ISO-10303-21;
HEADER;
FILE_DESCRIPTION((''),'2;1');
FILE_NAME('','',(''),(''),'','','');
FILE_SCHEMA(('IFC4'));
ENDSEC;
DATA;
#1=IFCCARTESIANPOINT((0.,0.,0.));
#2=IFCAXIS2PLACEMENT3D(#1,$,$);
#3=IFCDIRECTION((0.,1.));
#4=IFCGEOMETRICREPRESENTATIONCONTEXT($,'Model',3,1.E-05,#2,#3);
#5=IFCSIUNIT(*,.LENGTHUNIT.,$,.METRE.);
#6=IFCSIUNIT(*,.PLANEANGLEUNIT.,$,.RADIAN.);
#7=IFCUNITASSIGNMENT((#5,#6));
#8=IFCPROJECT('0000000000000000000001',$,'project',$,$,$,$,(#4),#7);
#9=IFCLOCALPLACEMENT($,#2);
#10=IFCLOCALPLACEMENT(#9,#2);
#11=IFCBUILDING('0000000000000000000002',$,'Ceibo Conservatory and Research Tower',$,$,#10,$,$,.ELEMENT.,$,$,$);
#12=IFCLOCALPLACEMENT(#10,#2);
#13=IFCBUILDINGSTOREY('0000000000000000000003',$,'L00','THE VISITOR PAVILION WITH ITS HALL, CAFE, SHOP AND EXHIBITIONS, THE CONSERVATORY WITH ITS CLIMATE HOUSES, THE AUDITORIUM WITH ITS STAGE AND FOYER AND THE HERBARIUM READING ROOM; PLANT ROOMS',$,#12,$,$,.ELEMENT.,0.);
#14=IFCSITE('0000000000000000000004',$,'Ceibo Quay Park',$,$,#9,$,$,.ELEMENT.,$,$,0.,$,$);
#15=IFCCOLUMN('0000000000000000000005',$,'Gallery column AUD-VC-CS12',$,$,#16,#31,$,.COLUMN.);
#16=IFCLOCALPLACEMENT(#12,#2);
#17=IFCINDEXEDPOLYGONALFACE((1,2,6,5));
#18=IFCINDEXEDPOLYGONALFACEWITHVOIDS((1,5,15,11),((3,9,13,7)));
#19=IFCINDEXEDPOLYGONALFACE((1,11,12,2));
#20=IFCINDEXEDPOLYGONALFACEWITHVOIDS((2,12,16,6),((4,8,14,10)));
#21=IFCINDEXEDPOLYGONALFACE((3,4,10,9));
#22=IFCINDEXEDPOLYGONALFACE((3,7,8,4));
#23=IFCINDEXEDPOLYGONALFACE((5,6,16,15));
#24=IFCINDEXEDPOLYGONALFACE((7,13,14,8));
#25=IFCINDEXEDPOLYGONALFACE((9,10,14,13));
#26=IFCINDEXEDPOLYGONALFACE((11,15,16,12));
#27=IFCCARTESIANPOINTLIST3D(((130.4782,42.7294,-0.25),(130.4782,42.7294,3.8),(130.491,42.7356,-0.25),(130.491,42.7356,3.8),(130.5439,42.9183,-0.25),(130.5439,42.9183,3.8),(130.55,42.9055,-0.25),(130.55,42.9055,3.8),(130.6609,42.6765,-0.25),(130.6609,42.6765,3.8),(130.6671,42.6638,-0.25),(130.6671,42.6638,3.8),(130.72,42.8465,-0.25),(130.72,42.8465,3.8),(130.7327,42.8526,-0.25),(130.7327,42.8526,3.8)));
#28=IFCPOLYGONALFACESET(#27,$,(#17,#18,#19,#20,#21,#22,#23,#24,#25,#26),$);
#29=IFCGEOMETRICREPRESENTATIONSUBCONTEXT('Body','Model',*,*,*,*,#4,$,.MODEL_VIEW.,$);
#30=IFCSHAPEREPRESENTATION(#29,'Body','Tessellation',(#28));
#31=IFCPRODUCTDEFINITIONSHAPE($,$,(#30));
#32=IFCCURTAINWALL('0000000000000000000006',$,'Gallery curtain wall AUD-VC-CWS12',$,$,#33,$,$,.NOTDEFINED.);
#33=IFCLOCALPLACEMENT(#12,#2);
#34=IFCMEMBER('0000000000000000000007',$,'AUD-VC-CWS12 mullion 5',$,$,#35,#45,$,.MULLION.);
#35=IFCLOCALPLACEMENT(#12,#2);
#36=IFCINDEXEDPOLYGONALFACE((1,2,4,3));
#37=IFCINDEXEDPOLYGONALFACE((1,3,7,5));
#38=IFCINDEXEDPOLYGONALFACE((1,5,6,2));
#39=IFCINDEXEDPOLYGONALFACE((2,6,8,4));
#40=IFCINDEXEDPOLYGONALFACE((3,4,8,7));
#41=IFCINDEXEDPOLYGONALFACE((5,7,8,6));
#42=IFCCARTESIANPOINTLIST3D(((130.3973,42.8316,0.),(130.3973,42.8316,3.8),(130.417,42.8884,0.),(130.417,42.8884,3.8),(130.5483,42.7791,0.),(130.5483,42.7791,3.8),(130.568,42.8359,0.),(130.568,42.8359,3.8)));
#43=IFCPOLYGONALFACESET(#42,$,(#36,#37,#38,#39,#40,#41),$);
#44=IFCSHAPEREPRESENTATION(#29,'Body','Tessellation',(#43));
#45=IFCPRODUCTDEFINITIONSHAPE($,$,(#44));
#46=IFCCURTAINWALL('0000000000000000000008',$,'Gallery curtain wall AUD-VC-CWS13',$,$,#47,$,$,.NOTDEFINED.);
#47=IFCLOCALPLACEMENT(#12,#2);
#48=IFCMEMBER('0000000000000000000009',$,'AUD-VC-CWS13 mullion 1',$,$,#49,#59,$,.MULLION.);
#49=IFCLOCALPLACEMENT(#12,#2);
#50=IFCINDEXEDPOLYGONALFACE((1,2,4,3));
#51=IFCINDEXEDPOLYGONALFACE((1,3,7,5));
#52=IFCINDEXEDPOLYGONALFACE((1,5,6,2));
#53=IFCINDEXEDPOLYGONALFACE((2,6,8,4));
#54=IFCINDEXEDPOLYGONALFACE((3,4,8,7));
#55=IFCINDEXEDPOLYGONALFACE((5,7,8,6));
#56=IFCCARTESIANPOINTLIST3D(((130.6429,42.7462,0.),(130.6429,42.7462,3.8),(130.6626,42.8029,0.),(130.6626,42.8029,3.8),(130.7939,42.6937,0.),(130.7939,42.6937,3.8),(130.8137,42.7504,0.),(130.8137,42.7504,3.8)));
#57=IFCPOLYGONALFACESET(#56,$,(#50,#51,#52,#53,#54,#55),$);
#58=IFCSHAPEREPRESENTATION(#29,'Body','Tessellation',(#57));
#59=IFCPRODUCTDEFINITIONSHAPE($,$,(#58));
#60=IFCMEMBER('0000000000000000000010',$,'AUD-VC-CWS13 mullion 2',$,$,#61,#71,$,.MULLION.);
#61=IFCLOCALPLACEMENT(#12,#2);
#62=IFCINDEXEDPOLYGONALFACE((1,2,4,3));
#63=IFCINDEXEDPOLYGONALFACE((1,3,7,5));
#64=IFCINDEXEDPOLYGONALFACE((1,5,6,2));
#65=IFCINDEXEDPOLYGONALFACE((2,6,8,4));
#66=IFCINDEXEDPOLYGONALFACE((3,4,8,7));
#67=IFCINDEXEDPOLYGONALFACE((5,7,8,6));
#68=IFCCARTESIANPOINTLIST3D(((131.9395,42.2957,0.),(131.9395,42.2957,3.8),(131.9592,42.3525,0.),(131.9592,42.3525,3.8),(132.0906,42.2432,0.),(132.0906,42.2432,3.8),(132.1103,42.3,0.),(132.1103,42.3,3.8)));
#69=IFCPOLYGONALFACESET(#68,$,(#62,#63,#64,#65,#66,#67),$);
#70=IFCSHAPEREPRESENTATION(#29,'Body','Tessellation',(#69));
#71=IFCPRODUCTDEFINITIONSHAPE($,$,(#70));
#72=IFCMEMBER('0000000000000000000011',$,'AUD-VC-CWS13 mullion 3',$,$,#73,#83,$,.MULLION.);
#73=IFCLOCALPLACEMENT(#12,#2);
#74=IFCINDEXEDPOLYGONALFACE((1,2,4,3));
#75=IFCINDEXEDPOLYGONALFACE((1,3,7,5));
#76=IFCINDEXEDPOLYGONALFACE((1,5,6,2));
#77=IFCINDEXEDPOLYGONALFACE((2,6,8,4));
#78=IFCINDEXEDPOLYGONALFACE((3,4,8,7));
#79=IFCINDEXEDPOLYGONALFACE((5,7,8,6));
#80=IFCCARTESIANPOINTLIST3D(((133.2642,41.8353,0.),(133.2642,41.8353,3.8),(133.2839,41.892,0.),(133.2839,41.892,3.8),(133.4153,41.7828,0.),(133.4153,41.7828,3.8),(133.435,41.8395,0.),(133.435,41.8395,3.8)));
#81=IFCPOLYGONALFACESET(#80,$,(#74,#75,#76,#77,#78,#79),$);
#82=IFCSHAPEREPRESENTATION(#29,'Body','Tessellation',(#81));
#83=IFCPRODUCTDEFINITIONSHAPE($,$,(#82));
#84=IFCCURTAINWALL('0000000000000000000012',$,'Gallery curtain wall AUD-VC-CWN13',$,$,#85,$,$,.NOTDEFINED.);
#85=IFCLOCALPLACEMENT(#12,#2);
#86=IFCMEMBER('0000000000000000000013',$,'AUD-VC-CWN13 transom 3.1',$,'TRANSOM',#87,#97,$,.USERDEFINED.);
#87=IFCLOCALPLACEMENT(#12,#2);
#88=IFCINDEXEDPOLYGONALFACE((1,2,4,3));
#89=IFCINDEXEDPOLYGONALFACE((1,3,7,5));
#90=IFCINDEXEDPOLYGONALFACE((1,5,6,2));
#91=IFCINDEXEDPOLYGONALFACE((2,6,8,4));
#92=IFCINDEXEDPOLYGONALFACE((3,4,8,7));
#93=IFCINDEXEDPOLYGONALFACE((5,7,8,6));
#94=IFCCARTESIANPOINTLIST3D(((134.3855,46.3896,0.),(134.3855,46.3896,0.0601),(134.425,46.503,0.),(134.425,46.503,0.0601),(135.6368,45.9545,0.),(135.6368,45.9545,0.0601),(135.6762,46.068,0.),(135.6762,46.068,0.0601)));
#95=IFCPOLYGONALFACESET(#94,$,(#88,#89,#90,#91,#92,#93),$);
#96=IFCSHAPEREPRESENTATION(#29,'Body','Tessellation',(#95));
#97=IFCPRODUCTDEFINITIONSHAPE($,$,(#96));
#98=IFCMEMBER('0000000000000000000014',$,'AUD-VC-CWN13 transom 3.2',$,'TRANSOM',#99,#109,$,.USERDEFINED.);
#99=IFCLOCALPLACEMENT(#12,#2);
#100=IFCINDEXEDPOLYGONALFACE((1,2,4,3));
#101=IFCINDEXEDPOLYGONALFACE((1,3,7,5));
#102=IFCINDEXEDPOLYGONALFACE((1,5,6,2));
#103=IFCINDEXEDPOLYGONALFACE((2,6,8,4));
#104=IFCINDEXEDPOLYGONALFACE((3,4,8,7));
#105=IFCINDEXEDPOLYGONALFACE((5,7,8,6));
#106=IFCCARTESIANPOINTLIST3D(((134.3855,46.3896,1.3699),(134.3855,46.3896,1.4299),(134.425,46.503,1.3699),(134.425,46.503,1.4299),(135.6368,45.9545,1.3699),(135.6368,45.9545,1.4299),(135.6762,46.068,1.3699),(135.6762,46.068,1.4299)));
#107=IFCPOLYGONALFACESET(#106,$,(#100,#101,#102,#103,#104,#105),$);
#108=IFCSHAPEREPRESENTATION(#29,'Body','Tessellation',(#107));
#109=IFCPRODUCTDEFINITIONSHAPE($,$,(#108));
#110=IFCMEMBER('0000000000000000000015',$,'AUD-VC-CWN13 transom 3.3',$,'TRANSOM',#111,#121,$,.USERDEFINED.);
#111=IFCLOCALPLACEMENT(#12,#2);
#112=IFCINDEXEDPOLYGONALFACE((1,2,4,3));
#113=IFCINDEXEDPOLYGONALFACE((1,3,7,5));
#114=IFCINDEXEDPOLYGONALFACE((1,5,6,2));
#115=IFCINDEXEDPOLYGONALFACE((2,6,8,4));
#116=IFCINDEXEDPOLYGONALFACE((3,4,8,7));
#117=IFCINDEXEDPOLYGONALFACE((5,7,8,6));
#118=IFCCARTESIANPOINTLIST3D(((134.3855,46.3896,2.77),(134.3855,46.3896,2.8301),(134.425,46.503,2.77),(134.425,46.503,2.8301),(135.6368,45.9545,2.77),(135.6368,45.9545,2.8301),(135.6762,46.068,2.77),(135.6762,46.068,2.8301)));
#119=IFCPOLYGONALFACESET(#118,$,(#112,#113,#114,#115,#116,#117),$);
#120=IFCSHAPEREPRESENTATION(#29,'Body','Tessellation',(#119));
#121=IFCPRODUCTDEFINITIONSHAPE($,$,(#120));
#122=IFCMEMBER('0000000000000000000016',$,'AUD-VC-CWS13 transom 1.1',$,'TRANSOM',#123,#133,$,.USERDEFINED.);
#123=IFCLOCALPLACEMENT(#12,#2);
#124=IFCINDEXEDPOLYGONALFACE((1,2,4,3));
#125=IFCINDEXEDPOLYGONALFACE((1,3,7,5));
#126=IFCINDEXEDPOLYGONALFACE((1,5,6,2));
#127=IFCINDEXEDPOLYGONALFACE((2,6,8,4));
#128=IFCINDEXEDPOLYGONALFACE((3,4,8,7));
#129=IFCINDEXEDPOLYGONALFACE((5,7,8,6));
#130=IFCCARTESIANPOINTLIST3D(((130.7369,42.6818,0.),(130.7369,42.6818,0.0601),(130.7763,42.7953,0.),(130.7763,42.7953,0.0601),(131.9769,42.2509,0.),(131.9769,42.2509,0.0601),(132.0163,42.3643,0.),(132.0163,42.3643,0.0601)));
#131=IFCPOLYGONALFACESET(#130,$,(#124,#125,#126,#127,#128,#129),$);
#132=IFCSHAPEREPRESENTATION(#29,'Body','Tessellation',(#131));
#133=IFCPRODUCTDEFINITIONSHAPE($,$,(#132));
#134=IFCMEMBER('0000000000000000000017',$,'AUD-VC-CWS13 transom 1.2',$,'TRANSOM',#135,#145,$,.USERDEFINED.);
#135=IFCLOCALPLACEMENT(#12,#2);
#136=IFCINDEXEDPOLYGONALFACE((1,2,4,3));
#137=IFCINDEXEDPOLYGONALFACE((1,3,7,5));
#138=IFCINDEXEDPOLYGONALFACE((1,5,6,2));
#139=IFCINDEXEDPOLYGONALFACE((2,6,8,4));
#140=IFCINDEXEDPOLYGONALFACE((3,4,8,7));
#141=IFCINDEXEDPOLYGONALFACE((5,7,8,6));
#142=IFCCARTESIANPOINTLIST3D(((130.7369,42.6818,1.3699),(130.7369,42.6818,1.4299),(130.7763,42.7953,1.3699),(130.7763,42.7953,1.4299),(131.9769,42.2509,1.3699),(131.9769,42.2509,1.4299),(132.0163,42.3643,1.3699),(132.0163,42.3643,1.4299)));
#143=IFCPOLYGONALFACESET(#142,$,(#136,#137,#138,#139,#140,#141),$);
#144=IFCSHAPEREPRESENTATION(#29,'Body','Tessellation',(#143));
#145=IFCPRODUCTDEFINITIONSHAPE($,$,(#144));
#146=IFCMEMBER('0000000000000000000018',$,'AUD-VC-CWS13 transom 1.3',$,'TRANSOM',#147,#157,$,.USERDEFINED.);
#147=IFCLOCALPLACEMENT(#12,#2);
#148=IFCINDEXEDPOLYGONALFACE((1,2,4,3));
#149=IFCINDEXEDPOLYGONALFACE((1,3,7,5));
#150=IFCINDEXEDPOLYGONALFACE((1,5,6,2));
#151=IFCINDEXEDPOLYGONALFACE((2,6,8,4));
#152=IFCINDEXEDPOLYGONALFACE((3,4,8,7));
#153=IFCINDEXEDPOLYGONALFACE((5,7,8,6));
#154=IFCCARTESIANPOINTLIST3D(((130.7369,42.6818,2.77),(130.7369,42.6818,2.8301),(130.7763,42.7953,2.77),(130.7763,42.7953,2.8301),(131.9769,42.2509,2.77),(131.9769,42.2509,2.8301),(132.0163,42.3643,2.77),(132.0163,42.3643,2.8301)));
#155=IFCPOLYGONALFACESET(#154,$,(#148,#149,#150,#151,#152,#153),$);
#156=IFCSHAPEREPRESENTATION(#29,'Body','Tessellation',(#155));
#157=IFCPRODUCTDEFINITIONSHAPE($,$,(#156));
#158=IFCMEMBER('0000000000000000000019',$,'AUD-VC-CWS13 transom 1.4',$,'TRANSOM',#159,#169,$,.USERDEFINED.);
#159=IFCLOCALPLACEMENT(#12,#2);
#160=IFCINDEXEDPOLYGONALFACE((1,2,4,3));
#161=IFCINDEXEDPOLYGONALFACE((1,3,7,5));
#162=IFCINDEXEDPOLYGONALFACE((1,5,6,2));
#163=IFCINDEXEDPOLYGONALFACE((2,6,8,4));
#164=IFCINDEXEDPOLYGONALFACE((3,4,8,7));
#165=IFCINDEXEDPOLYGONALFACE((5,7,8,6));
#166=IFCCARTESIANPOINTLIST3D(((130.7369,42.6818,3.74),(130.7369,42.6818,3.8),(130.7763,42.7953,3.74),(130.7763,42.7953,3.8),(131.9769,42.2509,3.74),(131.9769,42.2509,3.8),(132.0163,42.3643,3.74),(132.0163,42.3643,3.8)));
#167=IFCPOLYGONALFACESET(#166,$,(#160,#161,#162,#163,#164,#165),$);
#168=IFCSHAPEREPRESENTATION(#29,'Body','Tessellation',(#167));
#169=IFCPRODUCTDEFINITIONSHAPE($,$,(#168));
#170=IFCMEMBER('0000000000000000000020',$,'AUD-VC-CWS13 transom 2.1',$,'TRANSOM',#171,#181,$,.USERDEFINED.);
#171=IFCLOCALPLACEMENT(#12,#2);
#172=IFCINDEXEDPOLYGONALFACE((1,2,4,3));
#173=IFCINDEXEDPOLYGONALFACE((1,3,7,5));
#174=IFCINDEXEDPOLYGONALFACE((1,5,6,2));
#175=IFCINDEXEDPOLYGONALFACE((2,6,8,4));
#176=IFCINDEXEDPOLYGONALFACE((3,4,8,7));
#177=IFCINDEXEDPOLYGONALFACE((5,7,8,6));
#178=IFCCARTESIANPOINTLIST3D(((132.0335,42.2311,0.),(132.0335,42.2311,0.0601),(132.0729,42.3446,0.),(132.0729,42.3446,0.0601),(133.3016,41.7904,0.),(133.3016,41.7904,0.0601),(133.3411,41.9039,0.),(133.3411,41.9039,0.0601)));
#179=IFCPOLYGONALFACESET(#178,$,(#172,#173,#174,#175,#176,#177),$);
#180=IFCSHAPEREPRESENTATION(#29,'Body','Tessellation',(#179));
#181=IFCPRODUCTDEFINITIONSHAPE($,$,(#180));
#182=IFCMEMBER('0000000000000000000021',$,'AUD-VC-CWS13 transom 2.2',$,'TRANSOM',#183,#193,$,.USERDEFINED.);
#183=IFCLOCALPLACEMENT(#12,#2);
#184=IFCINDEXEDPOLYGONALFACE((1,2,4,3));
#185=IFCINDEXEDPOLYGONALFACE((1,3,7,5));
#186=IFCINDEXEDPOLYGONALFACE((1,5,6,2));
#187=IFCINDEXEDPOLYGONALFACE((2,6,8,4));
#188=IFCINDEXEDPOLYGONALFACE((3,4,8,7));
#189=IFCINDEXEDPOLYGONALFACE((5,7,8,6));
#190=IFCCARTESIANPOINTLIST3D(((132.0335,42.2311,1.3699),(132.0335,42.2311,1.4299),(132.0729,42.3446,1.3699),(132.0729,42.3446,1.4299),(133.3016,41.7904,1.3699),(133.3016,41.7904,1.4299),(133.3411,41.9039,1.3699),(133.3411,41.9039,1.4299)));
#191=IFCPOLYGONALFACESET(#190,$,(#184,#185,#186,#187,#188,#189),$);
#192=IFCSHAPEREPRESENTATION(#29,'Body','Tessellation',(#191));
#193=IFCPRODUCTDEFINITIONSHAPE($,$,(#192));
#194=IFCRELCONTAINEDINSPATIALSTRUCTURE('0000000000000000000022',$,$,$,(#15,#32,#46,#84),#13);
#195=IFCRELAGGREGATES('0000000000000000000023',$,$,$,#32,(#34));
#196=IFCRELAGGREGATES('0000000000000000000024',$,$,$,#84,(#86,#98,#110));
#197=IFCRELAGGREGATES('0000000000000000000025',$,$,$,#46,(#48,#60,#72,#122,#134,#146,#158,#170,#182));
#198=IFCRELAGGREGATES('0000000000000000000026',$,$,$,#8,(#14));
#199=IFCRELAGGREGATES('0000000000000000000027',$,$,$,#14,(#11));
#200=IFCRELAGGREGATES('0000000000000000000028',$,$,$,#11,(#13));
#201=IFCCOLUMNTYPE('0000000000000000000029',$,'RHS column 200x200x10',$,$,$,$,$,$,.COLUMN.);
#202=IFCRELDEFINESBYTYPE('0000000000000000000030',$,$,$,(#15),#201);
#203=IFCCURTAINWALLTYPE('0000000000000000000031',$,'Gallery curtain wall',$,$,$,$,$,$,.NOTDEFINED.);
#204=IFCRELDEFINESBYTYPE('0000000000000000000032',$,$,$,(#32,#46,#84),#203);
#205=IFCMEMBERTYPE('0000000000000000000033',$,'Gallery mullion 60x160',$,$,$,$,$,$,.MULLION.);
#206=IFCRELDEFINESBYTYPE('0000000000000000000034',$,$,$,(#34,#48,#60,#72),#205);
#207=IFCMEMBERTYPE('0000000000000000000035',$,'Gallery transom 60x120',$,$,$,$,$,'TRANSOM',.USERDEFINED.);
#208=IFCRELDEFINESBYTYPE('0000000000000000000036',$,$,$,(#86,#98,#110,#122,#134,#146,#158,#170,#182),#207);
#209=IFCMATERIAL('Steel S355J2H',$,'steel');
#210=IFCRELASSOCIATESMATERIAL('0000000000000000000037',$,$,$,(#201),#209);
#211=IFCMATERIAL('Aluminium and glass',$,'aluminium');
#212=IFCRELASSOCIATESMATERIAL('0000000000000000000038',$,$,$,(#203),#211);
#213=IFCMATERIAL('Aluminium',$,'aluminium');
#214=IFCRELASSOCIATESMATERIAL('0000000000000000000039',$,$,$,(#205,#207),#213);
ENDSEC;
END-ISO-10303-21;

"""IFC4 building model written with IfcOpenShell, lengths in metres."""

from ifc_helpers import new_model, si_unit, direction, frame, origin, origin_2d, place, context, subcontext, project, spatial, rectangle, hollow_rectangle, extrude, material, material_profile, profile_set, type_object, element, aggregate, save


model = new_model("IFC4")

# Units and contexts
model_context = context("Model", 3, precision=1e-05, world=origin(), true_north=direction((0.0, 1.0)))
body_context = subcontext(model_context, "Body", "Model", "MODEL_VIEW")
ifc_project = project(units=[si_unit("LENGTHUNIT", "METRE"), si_unit("PLANEANGLEUNIT", "RADIAN")], contexts=[model_context])

# Site, building, storey
site_placement = place(None, origin())
site = spatial("IfcSite", under=ifc_project, at=site_placement, Name="Ceibo Quay Park", CompositionType="ELEMENT", RefElevation=0.0)
building_placement = place(site_placement, origin())
building = spatial("IfcBuilding", under=site, at=building_placement, Name="Ceibo Conservatory and Research Tower", CompositionType="ELEMENT")
storey_placement = place(building_placement, origin())
storey = spatial("IfcBuildingStorey", under=building, at=storey_placement, Name="L00", Description="THE VISITOR PAVILION WITH ITS HALL, CAFE, SHOP AND EXHIBITIONS, THE CONSERVATORY WITH ITS CLIMATE HOUSES, THE AUDITORIUM WITH ITS STAGE AND FOYER AND THE HERBARIUM READING ROOM; PLANT ROOMS", CompositionType="ELEMENT", Elevation=0.0)

# Column
ifc_material_1 = material(Name="Steel S355J2H", Category="steel")
ifc_material_profile_1 = material_profile(ifc_material_1, hollow_rectangle(XDim=0.2, YDim=0.2, WallThickness=0.01, at=origin_2d()), Name="RHS column 200x200x10")
ifc_profile_set_1 = profile_set([ifc_material_profile_1], Name="Steel S355J2H")
column_type = type_object("IfcColumnType", Name="RHS column 200x200x10", PredefinedType="COLUMN", material=ifc_profile_set_1)
column_placement = place(storey_placement, frame((130.6055, 42.791, -0.25), z_axis=(0.0, 0.0, 1.0), x_axis=(0.944579, -0.328284, 0.0)))
element("IfcColumn", 1, at=column_placement, inside=storey, type_object=column_type, Name="Gallery column AUD-VC-CS12", PredefinedType="COLUMN", context=body_context, shape_type="SweptSolid", body=[
    extrude(hollow_rectangle(XDim=0.2, YDim=0.2, WallThickness=0.01, at=origin_2d()), origin(), (0.0, 0.0, 1.0), 4.05),
])

# Curtain wall, member
ifc_material_2 = material(Name="Aluminium and glass", Category="aluminium")
curtain_wall_type = type_object("IfcCurtainWallType", Name="Gallery curtain wall", PredefinedType="NOTDEFINED", material=ifc_material_2)
curtain_wall_1_placement = place(storey_placement, origin())
curtain_wall_1 = element("IfcCurtainWall", 2, at=curtain_wall_1_placement, inside=storey, type_object=curtain_wall_type, Name="Gallery curtain wall AUD-VC-CWS12", PredefinedType="NOTDEFINED")
ifc_material_3 = material(Name="Aluminium", Category="aluminium")
ifc_material_profile_2 = material_profile(ifc_material_3, rectangle(XDim=0.0601, YDim=0.1599, at=origin_2d()), Name="AL 60x160")
ifc_profile_set_2 = profile_set([ifc_material_profile_2], Name="Aluminium")
member_type_1 = type_object("IfcMemberType", Name="Gallery mullion 60x160", PredefinedType="MULLION", material=ifc_profile_set_2)
member_1_placement = place(storey_placement, frame((130.4827, 42.8337, 0.0), z_axis=(0.0, 0.0, 1.0), x_axis=(0.328284, 0.944579, 0.0)))
member_1 = element("IfcMember", 3, at=member_1_placement, type_object=member_type_1, Name="AUD-VC-CWS12 mullion 5", PredefinedType="MULLION", context=body_context, shape_type="SweptSolid", body=[
    extrude(rectangle(XDim=0.0601, YDim=0.1599, at=origin_2d()), origin(), (0.0, 0.0, 1.0), 3.8),
])
aggregate(curtain_wall_1, [member_1])

# Curtain walls, members
curtain_wall_2_placement = place(storey_placement, origin())
curtain_wall_2 = element("IfcCurtainWall", 4, at=curtain_wall_2_placement, inside=storey, type_object=curtain_wall_type, Name="Gallery curtain wall AUD-VC-CWS13", PredefinedType="NOTDEFINED")
member_2_placement = place(storey_placement, frame((130.7283, 42.7483, 0.0), z_axis=(0.0, 0.0, 1.0), x_axis=(0.328284, 0.944579, 0.0)))
member_2 = element("IfcMember", 5, at=member_2_placement, type_object=member_type_1, Name="AUD-VC-CWS13 mullion 1", PredefinedType="MULLION", context=body_context, shape_type="SweptSolid", body=[
    extrude(rectangle(XDim=0.0601, YDim=0.1599, at=origin_2d()), origin(), (0.0, 0.0, 1.0), 3.8),
])
member_3_placement = place(storey_placement, frame((132.0249, 42.2979, 0.0), z_axis=(0.0, 0.0, 1.0), x_axis=(0.328284, 0.944579, 0.0)))
member_3 = element("IfcMember", 6, at=member_3_placement, type_object=member_type_1, Name="AUD-VC-CWS13 mullion 2", PredefinedType="MULLION", context=body_context, shape_type="SweptSolid", body=[
    extrude(rectangle(XDim=0.0601, YDim=0.1599, at=origin_2d()), origin(), (0.0, 0.0, 1.0), 3.8),
])
member_4_placement = place(storey_placement, frame((133.3496, 41.8374, 0.0), z_axis=(0.0, 0.0, 1.0), x_axis=(0.328284, 0.944579, 0.0)))
member_4 = element("IfcMember", 7, at=member_4_placement, type_object=member_type_1, Name="AUD-VC-CWS13 mullion 3", PredefinedType="MULLION", context=body_context, shape_type="SweptSolid", body=[
    extrude(rectangle(XDim=0.0601, YDim=0.1599, at=origin_2d()), origin(), (0.0, 0.0, 1.0), 3.8),
])
curtain_wall_3_placement = place(storey_placement, origin())
curtain_wall_3 = element("IfcCurtainWall", 8, at=curtain_wall_3_placement, inside=storey, type_object=curtain_wall_type, Name="Gallery curtain wall AUD-VC-CWN13", PredefinedType="NOTDEFINED")
ifc_material_profile_3 = material_profile(ifc_material_3, rectangle(XDim=0.1201, YDim=0.0601, at=origin_2d()), Name="AL 60x120")
ifc_profile_set_3 = profile_set([ifc_material_profile_3], Name="Aluminium")
member_type_2 = type_object("IfcMemberType", Name="Gallery transom 60x120", ElementType="TRANSOM", PredefinedType="USERDEFINED", material=ifc_profile_set_3)
member_5_placement = place(storey_placement, frame((134.4053, 46.4463, 0.03), z_axis=(0.944532, -0.328421, 0.0), x_axis=(0.328421, 0.944532, 0.0)))
member_5 = element("IfcMember", 9, at=member_5_placement, type_object=member_type_2, Name="AUD-VC-CWN13 transom 3.1", ObjectType="TRANSOM", PredefinedType="USERDEFINED", context=body_context, shape_type="SweptSolid", body=[
    extrude(rectangle(XDim=0.1201, YDim=0.0601, at=origin_2d()), origin(), (0.0, 0.0, 1.0), 1.3247),
])
member_6_placement = place(storey_placement, frame((134.4053, 46.4463, 1.3999), z_axis=(0.944532, -0.328421, 0.0), x_axis=(0.328421, 0.944532, 0.0)))
member_6 = element("IfcMember", 10, at=member_6_placement, type_object=member_type_2, Name="AUD-VC-CWN13 transom 3.2", ObjectType="TRANSOM", PredefinedType="USERDEFINED", context=body_context, shape_type="SweptSolid", body=[
    extrude(rectangle(XDim=0.1201, YDim=0.0601, at=origin_2d()), origin(), (0.0, 0.0, 1.0), 1.3247),
])
member_7_placement = place(storey_placement, frame((134.4053, 46.4463, 2.8), z_axis=(0.944532, -0.328421, 0.0), x_axis=(0.328421, 0.944532, 0.0)))
member_7 = element("IfcMember", 11, at=member_7_placement, type_object=member_type_2, Name="AUD-VC-CWN13 transom 3.3", ObjectType="TRANSOM", PredefinedType="USERDEFINED", context=body_context, shape_type="SweptSolid", body=[
    extrude(rectangle(XDim=0.1201, YDim=0.0601, at=origin_2d()), origin(), (0.0, 0.0, 1.0), 1.3247),
])
aggregate(curtain_wall_3, [member_5, member_6, member_7])

# Members
member_8_placement = place(storey_placement, frame((130.7566, 42.7385, 0.03), z_axis=(0.94459, -0.328254, 0.0), x_axis=(0.328254, 0.94459, 0.0)))
member_8 = element("IfcMember", 12, at=member_8_placement, type_object=member_type_2, Name="AUD-VC-CWS13 transom 1.1", ObjectType="TRANSOM", PredefinedType="USERDEFINED", context=body_context, shape_type="SweptSolid", body=[
    extrude(rectangle(XDim=0.1201, YDim=0.0601, at=origin_2d()), origin(), (0.0, 0.0, 1.0), 1.3127),
])
member_9_placement = place(storey_placement, frame((130.7566, 42.7385, 1.3999), z_axis=(0.94459, -0.328254, 0.0), x_axis=(0.328254, 0.94459, 0.0)))
member_9 = element("IfcMember", 13, at=member_9_placement, type_object=member_type_2, Name="AUD-VC-CWS13 transom 1.2", ObjectType="TRANSOM", PredefinedType="USERDEFINED", context=body_context, shape_type="SweptSolid", body=[
    extrude(rectangle(XDim=0.1201, YDim=0.0601, at=origin_2d()), origin(), (0.0, 0.0, 1.0), 1.3127),
])
member_10_placement = place(storey_placement, frame((130.7566, 42.7385, 2.8), z_axis=(0.94459, -0.328254, 0.0), x_axis=(0.328254, 0.94459, 0.0)))
member_10 = element("IfcMember", 14, at=member_10_placement, type_object=member_type_2, Name="AUD-VC-CWS13 transom 1.3", ObjectType="TRANSOM", PredefinedType="USERDEFINED", context=body_context, shape_type="SweptSolid", body=[
    extrude(rectangle(XDim=0.1201, YDim=0.0601, at=origin_2d()), origin(), (0.0, 0.0, 1.0), 1.3127),
])
member_11_placement = place(storey_placement, frame((130.7566, 42.7385, 3.77), z_axis=(0.94459, -0.328254, 0.0), x_axis=(0.328254, 0.94459, 0.0)))
member_11 = element("IfcMember", 15, at=member_11_placement, type_object=member_type_2, Name="AUD-VC-CWS13 transom 1.4", ObjectType="TRANSOM", PredefinedType="USERDEFINED", context=body_context, shape_type="SweptSolid", body=[
    extrude(rectangle(XDim=0.1201, YDim=0.0601, at=origin_2d()), origin(), (0.0, 0.0, 1.0), 1.3127),
])
member_12_placement = place(storey_placement, frame((132.0532, 42.2878, 0.03), z_axis=(0.944588, -0.32826, 0.0), x_axis=(0.32826, 0.944588, 0.0)))
member_12 = element("IfcMember", 16, at=member_12_placement, type_object=member_type_2, Name="AUD-VC-CWS13 transom 2.1", ObjectType="TRANSOM", PredefinedType="USERDEFINED", context=body_context, shape_type="SweptSolid", body=[
    extrude(rectangle(XDim=0.1201, YDim=0.0601, at=origin_2d()), origin(), (0.0, 0.0, 1.0), 1.3425),
])
member_13_placement = place(storey_placement, frame((132.0532, 42.2878, 1.3999), z_axis=(0.944588, -0.32826, 0.0), x_axis=(0.32826, 0.944588, 0.0)))
member_13 = element("IfcMember", 17, at=member_13_placement, type_object=member_type_2, Name="AUD-VC-CWS13 transom 2.2", ObjectType="TRANSOM", PredefinedType="USERDEFINED", context=body_context, shape_type="SweptSolid", body=[
    extrude(rectangle(XDim=0.1201, YDim=0.0601, at=origin_2d()), origin(), (0.0, 0.0, 1.0), 1.3425),
])

aggregate(curtain_wall_2, [member_2, member_3, member_4, member_8, member_9, member_10, member_11, member_12, member_13])

save(model, "model.ifc")
